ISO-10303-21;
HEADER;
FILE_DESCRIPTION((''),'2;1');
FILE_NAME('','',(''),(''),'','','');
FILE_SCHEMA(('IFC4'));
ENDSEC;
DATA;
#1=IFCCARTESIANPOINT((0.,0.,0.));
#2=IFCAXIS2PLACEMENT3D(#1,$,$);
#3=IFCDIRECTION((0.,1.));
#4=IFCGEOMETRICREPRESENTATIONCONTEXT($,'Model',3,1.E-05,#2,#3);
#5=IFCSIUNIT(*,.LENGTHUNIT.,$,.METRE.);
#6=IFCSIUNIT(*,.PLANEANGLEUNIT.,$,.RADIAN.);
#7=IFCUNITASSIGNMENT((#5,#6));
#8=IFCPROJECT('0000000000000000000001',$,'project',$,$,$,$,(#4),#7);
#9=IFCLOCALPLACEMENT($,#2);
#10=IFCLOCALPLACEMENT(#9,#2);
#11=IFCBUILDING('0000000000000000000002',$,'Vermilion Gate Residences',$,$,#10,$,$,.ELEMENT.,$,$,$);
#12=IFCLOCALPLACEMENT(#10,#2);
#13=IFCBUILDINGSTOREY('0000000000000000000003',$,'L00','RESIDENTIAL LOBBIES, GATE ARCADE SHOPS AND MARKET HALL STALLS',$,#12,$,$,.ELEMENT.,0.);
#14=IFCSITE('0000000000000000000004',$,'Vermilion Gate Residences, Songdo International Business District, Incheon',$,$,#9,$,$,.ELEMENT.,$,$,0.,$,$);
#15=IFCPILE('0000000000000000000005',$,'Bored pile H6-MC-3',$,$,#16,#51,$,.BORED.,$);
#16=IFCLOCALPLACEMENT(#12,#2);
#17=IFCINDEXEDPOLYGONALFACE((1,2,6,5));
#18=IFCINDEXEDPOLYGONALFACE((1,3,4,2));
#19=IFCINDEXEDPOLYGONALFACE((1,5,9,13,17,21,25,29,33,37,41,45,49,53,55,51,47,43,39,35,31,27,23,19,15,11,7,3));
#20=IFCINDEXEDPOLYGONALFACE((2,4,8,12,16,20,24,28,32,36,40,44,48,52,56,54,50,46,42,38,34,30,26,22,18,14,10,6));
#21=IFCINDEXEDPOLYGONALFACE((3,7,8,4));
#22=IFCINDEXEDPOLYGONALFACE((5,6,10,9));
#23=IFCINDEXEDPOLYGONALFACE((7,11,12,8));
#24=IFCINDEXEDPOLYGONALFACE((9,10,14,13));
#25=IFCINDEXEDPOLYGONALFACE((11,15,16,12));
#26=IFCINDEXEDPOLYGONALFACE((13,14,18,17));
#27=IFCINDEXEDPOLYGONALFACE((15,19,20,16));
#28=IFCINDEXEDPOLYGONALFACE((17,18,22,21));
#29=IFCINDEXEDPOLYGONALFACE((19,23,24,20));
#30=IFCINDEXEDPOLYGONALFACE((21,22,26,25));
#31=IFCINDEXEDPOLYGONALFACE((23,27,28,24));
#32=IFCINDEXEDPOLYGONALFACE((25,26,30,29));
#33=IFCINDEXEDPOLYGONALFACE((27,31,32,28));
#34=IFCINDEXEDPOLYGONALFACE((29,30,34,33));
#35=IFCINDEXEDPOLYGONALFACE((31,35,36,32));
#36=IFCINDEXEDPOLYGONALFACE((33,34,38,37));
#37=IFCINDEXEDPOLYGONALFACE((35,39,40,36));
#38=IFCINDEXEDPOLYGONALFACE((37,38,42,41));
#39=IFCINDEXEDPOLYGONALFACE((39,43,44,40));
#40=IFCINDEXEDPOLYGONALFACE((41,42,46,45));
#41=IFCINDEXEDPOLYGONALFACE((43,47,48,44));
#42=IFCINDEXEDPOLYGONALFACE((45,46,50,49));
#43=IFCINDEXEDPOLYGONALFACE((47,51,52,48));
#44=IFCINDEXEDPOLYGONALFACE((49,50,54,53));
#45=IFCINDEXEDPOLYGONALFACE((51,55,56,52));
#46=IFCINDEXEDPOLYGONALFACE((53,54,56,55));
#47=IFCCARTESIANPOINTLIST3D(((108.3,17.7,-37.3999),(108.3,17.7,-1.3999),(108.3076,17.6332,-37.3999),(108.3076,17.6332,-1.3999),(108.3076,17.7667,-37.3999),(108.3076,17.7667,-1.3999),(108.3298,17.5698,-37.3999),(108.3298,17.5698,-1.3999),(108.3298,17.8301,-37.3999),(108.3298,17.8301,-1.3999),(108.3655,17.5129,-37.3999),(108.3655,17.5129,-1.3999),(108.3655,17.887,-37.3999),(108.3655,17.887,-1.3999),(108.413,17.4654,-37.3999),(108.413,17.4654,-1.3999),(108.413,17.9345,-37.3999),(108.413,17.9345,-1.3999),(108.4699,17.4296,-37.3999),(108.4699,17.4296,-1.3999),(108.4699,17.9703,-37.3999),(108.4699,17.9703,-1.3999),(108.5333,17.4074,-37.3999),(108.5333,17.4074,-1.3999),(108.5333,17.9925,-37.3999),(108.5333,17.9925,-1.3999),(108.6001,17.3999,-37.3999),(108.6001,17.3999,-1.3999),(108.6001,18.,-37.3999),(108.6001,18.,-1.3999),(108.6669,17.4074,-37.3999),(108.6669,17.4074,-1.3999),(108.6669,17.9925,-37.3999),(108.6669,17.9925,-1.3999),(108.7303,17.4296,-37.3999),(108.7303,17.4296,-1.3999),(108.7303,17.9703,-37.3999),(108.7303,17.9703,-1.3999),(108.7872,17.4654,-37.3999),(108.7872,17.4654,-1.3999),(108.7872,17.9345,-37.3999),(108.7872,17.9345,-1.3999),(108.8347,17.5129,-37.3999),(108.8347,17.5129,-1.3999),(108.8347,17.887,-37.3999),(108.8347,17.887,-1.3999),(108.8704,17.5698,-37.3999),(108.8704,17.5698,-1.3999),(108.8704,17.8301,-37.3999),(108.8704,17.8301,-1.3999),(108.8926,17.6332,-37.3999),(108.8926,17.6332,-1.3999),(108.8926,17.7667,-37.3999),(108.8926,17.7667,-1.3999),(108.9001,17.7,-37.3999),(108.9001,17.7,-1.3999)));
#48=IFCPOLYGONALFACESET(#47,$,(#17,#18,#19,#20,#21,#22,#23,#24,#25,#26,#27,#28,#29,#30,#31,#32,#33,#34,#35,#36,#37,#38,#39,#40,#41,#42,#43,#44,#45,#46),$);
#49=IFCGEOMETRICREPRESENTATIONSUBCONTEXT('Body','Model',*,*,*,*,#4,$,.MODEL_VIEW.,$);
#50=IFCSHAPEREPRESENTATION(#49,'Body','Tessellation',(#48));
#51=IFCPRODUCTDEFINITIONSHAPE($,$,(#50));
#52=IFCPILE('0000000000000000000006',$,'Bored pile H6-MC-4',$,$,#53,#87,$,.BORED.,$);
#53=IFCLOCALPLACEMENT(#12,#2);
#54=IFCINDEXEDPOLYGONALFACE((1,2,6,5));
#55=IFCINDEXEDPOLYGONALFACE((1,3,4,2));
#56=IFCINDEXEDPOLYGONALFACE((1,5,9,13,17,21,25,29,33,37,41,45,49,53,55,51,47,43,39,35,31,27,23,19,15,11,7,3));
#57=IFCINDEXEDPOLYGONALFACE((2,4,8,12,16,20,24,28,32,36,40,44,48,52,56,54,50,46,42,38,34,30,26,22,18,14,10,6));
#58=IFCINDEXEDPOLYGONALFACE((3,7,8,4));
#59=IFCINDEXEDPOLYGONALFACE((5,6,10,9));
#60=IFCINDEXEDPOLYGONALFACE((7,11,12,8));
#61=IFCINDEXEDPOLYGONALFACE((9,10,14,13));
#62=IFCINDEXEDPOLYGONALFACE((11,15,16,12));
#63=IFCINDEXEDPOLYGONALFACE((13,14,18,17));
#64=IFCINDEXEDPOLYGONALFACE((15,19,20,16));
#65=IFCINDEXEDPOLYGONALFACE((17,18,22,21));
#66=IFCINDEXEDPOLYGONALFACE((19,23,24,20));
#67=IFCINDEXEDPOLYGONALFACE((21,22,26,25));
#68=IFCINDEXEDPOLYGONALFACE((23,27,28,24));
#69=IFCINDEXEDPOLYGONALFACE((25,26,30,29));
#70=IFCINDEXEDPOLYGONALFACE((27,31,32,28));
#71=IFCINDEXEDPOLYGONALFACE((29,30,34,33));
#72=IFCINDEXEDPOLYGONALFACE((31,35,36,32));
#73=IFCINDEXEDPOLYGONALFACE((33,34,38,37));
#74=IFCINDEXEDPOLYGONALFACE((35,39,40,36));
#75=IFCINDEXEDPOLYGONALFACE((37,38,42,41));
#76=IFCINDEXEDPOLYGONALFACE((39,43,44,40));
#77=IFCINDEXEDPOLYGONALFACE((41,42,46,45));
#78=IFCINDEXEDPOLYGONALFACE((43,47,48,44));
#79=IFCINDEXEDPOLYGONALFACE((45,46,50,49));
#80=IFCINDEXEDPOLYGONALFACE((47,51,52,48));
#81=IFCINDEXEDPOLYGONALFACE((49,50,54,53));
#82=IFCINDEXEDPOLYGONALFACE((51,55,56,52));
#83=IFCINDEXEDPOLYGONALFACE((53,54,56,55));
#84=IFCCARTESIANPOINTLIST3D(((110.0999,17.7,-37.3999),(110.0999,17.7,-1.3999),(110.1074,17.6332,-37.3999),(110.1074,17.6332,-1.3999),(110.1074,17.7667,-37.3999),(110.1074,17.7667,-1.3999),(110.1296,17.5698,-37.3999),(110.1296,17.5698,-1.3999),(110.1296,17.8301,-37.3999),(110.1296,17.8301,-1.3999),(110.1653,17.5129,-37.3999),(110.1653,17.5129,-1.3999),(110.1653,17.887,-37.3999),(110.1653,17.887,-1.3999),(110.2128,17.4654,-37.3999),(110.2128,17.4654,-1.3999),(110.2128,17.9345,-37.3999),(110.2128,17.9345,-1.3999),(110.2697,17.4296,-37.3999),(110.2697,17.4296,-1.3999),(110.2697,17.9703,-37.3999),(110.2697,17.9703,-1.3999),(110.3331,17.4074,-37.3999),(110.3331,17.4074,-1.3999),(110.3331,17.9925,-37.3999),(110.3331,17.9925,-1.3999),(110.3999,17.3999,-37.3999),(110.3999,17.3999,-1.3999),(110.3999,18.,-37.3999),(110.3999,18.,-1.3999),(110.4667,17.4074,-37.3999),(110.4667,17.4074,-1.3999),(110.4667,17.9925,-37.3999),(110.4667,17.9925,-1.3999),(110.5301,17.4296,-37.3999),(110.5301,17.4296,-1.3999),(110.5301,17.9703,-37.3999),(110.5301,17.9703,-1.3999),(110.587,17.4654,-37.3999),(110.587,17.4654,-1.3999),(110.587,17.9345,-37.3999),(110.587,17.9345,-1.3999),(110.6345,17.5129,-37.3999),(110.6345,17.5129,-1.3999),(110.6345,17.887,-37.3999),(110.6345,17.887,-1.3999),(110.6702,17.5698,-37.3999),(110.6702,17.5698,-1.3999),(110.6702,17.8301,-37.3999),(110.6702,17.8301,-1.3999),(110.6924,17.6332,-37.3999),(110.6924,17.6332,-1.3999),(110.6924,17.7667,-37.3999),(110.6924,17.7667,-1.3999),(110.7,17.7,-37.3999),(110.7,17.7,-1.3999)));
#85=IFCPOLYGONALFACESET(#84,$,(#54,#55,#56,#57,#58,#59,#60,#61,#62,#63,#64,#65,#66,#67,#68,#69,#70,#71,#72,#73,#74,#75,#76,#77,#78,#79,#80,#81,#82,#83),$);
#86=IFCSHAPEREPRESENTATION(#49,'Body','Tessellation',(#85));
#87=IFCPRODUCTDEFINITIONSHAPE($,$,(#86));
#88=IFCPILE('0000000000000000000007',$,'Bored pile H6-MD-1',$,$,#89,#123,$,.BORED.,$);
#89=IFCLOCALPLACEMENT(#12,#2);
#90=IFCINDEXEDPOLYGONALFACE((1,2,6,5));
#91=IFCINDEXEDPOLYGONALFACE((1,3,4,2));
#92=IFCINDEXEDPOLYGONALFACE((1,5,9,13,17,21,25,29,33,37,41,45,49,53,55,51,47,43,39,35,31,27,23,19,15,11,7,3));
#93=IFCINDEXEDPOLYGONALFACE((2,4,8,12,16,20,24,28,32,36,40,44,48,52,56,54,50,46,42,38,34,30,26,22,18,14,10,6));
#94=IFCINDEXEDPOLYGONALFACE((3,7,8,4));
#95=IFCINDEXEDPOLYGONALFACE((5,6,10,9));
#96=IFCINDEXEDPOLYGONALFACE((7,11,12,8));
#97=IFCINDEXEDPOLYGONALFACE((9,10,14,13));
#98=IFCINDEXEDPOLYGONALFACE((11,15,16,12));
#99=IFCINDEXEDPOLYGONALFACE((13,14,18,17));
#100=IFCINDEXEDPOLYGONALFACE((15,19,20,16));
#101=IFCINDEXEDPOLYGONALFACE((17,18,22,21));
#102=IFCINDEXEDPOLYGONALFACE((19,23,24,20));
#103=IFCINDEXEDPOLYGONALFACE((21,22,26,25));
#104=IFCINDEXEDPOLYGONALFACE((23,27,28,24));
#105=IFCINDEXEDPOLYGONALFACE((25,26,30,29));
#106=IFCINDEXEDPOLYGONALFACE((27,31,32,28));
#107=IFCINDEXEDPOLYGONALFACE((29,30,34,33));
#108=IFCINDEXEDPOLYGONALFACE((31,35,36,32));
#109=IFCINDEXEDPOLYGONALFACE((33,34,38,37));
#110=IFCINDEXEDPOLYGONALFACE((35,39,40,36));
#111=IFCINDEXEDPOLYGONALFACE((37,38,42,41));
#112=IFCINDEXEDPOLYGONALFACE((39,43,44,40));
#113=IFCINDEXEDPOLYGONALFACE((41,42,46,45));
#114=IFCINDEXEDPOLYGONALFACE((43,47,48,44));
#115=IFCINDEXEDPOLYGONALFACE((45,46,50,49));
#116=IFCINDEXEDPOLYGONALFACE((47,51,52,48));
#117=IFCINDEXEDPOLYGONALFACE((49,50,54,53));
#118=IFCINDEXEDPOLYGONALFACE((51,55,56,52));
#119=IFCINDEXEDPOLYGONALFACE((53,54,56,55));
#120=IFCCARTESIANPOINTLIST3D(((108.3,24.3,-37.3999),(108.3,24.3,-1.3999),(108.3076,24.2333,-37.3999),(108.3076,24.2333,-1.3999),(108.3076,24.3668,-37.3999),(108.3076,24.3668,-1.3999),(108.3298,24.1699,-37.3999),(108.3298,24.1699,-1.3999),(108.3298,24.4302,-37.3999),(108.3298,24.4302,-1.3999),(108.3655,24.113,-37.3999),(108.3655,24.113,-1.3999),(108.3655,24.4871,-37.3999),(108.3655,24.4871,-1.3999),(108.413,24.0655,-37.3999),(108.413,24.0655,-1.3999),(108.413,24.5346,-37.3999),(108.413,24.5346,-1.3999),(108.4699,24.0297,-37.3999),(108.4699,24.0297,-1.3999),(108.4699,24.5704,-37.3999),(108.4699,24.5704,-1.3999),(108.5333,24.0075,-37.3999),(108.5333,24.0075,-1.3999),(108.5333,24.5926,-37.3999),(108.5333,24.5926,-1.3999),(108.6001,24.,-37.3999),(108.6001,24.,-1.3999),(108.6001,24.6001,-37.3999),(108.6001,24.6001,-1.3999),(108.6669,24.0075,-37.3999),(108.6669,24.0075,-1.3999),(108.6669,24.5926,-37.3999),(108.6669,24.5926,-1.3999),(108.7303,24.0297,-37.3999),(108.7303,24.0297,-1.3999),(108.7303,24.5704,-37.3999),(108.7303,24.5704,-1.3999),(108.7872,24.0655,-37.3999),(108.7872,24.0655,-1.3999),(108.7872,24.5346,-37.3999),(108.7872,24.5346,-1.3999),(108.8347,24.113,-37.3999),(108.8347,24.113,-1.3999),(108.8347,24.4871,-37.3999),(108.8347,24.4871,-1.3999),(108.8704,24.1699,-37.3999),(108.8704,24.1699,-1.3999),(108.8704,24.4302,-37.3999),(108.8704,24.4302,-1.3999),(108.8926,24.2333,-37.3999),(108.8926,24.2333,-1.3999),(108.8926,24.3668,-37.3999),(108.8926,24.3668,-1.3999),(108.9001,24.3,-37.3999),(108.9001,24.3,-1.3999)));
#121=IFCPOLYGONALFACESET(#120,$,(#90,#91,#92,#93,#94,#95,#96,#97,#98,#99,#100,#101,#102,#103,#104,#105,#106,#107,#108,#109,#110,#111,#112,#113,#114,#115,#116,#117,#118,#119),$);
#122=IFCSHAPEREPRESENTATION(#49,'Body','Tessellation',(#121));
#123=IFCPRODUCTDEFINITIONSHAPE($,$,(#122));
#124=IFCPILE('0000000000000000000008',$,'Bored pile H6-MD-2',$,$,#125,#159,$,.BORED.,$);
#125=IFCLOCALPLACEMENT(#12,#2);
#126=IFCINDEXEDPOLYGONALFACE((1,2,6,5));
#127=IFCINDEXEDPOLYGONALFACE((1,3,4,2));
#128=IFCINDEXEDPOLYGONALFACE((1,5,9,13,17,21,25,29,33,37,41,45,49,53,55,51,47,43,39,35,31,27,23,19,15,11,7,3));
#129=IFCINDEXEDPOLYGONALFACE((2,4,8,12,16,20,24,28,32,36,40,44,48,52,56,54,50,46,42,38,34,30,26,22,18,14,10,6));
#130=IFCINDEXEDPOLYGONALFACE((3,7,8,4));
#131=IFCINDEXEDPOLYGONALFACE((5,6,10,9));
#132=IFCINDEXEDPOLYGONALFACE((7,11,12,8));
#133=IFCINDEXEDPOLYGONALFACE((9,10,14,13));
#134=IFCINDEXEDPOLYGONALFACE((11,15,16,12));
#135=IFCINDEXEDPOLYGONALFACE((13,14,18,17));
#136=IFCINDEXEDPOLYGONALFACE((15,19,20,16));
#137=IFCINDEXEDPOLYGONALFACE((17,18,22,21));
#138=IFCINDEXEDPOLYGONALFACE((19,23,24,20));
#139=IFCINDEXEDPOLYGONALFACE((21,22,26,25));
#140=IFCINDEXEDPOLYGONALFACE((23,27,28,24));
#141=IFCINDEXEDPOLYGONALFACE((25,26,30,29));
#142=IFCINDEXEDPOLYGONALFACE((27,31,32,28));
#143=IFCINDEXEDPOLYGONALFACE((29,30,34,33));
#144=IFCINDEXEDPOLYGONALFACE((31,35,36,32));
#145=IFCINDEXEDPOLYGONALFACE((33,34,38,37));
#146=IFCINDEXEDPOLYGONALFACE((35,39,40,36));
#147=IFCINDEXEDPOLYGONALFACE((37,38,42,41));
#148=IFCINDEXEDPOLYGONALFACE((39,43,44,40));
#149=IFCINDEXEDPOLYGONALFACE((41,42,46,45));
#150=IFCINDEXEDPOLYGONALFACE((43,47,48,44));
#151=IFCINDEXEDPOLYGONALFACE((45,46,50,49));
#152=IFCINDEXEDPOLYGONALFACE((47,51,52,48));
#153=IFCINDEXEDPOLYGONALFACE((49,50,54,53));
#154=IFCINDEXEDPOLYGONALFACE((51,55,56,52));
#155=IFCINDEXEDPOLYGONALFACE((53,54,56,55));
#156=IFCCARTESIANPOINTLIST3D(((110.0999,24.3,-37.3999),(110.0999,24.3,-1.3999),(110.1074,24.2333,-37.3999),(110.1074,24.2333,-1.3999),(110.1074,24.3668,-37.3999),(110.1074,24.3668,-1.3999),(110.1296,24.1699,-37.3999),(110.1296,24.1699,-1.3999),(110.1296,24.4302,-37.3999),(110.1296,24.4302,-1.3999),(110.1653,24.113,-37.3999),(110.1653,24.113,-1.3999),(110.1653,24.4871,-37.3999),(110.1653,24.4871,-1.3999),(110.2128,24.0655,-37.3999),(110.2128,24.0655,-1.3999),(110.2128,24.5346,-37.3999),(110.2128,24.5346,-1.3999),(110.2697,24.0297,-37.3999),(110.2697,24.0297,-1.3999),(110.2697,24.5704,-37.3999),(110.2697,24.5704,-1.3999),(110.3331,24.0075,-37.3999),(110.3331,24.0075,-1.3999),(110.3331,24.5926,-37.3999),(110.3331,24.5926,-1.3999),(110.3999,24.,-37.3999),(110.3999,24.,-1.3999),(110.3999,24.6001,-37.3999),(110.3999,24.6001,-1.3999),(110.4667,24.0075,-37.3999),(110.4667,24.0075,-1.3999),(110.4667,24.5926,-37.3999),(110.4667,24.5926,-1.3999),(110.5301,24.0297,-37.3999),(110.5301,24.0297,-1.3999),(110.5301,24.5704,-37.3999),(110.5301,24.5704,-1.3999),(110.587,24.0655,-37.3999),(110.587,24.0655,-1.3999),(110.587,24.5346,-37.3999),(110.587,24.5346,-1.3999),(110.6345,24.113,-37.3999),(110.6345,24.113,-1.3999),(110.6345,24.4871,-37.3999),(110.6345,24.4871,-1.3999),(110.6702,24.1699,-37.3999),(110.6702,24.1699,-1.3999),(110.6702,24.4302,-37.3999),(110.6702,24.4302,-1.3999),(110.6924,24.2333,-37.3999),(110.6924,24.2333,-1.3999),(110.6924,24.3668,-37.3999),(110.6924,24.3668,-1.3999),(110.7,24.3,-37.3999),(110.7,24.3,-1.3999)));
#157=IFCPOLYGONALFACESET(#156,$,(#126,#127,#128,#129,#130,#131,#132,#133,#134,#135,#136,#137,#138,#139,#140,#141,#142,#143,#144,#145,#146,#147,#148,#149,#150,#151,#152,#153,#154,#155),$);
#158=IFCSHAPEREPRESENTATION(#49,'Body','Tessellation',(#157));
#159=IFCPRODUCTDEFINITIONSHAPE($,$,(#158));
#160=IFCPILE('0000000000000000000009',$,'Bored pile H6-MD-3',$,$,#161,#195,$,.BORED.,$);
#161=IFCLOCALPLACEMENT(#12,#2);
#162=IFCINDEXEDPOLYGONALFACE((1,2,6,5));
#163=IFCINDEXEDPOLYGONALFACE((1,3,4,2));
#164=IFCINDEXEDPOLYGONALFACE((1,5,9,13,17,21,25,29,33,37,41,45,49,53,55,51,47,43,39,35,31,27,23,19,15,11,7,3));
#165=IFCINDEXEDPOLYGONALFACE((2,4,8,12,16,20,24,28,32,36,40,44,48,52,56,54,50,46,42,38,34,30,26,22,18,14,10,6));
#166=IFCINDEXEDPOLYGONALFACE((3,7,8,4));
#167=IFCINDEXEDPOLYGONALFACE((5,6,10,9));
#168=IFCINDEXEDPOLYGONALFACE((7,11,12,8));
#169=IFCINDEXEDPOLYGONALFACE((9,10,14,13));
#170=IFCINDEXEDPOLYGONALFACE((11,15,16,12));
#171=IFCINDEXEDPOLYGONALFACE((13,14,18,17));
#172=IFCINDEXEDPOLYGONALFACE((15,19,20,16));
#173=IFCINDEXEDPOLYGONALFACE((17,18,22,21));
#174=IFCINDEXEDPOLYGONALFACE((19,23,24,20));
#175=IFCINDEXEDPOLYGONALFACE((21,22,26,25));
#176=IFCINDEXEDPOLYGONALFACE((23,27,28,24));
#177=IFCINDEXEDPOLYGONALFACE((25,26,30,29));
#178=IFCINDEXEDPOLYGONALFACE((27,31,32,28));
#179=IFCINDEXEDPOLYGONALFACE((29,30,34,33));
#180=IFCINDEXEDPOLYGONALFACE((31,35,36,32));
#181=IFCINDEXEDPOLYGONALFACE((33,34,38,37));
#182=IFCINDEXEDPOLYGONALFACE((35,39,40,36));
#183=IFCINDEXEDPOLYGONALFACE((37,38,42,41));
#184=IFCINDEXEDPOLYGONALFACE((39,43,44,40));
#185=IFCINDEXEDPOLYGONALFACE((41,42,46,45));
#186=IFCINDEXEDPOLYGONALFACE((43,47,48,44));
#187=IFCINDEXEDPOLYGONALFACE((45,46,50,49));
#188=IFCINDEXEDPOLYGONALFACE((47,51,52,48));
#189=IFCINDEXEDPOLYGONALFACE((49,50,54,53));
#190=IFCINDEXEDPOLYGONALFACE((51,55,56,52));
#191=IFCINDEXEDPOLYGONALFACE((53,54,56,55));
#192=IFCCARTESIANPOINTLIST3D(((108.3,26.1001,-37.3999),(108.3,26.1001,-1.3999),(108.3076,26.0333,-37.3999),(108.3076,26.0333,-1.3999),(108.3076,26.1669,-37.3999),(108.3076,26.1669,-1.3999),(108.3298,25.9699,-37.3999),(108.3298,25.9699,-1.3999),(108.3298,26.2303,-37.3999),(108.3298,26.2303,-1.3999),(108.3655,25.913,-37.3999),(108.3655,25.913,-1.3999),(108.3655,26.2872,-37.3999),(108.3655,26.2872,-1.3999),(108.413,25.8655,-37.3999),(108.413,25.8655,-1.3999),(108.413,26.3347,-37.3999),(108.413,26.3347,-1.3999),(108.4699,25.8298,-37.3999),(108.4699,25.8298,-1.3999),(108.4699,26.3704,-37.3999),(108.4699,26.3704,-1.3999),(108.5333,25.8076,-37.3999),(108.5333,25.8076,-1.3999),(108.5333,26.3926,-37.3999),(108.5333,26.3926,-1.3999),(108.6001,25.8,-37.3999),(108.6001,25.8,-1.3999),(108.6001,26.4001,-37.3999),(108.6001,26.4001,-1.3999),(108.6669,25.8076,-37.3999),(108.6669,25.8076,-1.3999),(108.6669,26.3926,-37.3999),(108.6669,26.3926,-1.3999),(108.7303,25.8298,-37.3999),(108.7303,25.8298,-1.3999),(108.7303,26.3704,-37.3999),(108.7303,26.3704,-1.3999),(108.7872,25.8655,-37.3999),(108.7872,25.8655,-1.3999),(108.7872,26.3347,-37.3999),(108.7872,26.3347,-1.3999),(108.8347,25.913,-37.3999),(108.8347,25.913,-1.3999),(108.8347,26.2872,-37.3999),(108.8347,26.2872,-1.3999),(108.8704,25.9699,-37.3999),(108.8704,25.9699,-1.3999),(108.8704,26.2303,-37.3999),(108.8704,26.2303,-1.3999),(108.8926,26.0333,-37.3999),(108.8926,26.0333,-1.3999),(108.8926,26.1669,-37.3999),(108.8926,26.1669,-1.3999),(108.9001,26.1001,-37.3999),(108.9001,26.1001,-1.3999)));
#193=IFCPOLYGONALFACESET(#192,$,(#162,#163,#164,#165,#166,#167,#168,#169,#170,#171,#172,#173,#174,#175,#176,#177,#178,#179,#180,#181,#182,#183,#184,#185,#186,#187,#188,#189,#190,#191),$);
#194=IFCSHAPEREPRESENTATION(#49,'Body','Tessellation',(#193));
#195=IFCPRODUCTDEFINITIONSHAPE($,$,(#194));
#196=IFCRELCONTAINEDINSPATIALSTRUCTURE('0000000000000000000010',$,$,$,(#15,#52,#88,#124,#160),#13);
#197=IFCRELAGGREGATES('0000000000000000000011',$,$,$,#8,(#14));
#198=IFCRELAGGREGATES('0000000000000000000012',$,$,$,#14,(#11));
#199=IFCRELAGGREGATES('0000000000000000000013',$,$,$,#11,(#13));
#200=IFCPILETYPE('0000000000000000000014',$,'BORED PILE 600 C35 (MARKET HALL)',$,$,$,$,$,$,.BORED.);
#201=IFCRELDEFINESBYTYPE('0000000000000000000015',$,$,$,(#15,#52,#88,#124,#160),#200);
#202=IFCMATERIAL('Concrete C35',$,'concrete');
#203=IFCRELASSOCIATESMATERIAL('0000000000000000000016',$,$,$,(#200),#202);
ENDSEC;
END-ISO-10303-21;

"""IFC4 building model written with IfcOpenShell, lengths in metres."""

from ifc_helpers import new_model, si_unit, direction, frame, origin, origin_2d, place, context, subcontext, project, spatial, circle, extrude, material, material_profile, profile_set, type_object, element, save


model = new_model("IFC4")

# Units and contexts
model_context = context("Model", 3, precision=1e-05, world=origin(), true_north=direction((0.0, 1.0)))
body_context = subcontext(model_context, "Body", "Model", "MODEL_VIEW")
ifc_project = project(units=[si_unit("LENGTHUNIT", "METRE"), si_unit("PLANEANGLEUNIT", "RADIAN")], contexts=[model_context])

# Site, building, storey
site_placement = place(None, origin())
site = spatial("IfcSite", under=ifc_project, at=site_placement, Name="Vermilion Gate Residences, Songdo International Business District, Incheon", CompositionType="ELEMENT", RefElevation=0.0)
building_placement = place(site_placement, origin())
building = spatial("IfcBuilding", under=site, at=building_placement, Name="Vermilion Gate Residences", CompositionType="ELEMENT")
storey_placement = place(building_placement, origin())
storey = spatial("IfcBuildingStorey", under=building, at=storey_placement, Name="L00", Description="RESIDENTIAL LOBBIES, GATE ARCADE SHOPS AND MARKET HALL STALLS", CompositionType="ELEMENT", Elevation=0.0)

# Piles
ifc_material_1 = material(Name="Concrete C35", Category="concrete")
ifc_material_profile_1 = material_profile(ifc_material_1, circle(Radius=0.3, at=origin_2d()), Name="BORED PILE 600 C35 (MARKET HALL)")
ifc_profile_set_1 = profile_set([ifc_material_profile_1], Name="Concrete C35")
pile_type = type_object("IfcPileType", Name="BORED PILE 600 C35 (MARKET HALL)", PredefinedType="BORED", material=ifc_profile_set_1)
for number, where, z_axis, x_axis, name in (
    (1, (108.6001, 17.7, -1.3999), (0.0, 0.0, -1.0), (1.0, 0.0, 0.0), "Bored pile H6-MC-3"),
    (2, (110.3999, 17.7, -1.3999), (0.0, 0.0, -1.0), (1.0, 0.0, 0.0), "Bored pile H6-MC-4"),
    (3, (108.6001, 24.3, -1.3999), (0.0, 0.0, -1.0), (1.0, 0.0, 0.0), "Bored pile H6-MD-1"),
    (4, (110.3999, 24.3, -1.3999), (0.0, 0.0, -1.0), (1.0, 0.0, 0.0), "Bored pile H6-MD-2"),
    (5, (108.6001, 26.1001, -1.3999), (0.0, 0.0, -1.0), (1.0, 0.0, 0.0), "Bored pile H6-MD-3"),
):
    element("IfcPile", number, at=place(storey_placement, frame(where, z_axis=z_axis, x_axis=x_axis)), inside=storey, type_object=pile_type, Name=name, PredefinedType="BORED", context=body_context, shape_type="SweptSolid", body=[
        extrude(circle(Radius=0.3, at=origin_2d()), origin(), (0.0, 0.0, 1.0), 36.0),
    ])

save(model, "model.ifc")
